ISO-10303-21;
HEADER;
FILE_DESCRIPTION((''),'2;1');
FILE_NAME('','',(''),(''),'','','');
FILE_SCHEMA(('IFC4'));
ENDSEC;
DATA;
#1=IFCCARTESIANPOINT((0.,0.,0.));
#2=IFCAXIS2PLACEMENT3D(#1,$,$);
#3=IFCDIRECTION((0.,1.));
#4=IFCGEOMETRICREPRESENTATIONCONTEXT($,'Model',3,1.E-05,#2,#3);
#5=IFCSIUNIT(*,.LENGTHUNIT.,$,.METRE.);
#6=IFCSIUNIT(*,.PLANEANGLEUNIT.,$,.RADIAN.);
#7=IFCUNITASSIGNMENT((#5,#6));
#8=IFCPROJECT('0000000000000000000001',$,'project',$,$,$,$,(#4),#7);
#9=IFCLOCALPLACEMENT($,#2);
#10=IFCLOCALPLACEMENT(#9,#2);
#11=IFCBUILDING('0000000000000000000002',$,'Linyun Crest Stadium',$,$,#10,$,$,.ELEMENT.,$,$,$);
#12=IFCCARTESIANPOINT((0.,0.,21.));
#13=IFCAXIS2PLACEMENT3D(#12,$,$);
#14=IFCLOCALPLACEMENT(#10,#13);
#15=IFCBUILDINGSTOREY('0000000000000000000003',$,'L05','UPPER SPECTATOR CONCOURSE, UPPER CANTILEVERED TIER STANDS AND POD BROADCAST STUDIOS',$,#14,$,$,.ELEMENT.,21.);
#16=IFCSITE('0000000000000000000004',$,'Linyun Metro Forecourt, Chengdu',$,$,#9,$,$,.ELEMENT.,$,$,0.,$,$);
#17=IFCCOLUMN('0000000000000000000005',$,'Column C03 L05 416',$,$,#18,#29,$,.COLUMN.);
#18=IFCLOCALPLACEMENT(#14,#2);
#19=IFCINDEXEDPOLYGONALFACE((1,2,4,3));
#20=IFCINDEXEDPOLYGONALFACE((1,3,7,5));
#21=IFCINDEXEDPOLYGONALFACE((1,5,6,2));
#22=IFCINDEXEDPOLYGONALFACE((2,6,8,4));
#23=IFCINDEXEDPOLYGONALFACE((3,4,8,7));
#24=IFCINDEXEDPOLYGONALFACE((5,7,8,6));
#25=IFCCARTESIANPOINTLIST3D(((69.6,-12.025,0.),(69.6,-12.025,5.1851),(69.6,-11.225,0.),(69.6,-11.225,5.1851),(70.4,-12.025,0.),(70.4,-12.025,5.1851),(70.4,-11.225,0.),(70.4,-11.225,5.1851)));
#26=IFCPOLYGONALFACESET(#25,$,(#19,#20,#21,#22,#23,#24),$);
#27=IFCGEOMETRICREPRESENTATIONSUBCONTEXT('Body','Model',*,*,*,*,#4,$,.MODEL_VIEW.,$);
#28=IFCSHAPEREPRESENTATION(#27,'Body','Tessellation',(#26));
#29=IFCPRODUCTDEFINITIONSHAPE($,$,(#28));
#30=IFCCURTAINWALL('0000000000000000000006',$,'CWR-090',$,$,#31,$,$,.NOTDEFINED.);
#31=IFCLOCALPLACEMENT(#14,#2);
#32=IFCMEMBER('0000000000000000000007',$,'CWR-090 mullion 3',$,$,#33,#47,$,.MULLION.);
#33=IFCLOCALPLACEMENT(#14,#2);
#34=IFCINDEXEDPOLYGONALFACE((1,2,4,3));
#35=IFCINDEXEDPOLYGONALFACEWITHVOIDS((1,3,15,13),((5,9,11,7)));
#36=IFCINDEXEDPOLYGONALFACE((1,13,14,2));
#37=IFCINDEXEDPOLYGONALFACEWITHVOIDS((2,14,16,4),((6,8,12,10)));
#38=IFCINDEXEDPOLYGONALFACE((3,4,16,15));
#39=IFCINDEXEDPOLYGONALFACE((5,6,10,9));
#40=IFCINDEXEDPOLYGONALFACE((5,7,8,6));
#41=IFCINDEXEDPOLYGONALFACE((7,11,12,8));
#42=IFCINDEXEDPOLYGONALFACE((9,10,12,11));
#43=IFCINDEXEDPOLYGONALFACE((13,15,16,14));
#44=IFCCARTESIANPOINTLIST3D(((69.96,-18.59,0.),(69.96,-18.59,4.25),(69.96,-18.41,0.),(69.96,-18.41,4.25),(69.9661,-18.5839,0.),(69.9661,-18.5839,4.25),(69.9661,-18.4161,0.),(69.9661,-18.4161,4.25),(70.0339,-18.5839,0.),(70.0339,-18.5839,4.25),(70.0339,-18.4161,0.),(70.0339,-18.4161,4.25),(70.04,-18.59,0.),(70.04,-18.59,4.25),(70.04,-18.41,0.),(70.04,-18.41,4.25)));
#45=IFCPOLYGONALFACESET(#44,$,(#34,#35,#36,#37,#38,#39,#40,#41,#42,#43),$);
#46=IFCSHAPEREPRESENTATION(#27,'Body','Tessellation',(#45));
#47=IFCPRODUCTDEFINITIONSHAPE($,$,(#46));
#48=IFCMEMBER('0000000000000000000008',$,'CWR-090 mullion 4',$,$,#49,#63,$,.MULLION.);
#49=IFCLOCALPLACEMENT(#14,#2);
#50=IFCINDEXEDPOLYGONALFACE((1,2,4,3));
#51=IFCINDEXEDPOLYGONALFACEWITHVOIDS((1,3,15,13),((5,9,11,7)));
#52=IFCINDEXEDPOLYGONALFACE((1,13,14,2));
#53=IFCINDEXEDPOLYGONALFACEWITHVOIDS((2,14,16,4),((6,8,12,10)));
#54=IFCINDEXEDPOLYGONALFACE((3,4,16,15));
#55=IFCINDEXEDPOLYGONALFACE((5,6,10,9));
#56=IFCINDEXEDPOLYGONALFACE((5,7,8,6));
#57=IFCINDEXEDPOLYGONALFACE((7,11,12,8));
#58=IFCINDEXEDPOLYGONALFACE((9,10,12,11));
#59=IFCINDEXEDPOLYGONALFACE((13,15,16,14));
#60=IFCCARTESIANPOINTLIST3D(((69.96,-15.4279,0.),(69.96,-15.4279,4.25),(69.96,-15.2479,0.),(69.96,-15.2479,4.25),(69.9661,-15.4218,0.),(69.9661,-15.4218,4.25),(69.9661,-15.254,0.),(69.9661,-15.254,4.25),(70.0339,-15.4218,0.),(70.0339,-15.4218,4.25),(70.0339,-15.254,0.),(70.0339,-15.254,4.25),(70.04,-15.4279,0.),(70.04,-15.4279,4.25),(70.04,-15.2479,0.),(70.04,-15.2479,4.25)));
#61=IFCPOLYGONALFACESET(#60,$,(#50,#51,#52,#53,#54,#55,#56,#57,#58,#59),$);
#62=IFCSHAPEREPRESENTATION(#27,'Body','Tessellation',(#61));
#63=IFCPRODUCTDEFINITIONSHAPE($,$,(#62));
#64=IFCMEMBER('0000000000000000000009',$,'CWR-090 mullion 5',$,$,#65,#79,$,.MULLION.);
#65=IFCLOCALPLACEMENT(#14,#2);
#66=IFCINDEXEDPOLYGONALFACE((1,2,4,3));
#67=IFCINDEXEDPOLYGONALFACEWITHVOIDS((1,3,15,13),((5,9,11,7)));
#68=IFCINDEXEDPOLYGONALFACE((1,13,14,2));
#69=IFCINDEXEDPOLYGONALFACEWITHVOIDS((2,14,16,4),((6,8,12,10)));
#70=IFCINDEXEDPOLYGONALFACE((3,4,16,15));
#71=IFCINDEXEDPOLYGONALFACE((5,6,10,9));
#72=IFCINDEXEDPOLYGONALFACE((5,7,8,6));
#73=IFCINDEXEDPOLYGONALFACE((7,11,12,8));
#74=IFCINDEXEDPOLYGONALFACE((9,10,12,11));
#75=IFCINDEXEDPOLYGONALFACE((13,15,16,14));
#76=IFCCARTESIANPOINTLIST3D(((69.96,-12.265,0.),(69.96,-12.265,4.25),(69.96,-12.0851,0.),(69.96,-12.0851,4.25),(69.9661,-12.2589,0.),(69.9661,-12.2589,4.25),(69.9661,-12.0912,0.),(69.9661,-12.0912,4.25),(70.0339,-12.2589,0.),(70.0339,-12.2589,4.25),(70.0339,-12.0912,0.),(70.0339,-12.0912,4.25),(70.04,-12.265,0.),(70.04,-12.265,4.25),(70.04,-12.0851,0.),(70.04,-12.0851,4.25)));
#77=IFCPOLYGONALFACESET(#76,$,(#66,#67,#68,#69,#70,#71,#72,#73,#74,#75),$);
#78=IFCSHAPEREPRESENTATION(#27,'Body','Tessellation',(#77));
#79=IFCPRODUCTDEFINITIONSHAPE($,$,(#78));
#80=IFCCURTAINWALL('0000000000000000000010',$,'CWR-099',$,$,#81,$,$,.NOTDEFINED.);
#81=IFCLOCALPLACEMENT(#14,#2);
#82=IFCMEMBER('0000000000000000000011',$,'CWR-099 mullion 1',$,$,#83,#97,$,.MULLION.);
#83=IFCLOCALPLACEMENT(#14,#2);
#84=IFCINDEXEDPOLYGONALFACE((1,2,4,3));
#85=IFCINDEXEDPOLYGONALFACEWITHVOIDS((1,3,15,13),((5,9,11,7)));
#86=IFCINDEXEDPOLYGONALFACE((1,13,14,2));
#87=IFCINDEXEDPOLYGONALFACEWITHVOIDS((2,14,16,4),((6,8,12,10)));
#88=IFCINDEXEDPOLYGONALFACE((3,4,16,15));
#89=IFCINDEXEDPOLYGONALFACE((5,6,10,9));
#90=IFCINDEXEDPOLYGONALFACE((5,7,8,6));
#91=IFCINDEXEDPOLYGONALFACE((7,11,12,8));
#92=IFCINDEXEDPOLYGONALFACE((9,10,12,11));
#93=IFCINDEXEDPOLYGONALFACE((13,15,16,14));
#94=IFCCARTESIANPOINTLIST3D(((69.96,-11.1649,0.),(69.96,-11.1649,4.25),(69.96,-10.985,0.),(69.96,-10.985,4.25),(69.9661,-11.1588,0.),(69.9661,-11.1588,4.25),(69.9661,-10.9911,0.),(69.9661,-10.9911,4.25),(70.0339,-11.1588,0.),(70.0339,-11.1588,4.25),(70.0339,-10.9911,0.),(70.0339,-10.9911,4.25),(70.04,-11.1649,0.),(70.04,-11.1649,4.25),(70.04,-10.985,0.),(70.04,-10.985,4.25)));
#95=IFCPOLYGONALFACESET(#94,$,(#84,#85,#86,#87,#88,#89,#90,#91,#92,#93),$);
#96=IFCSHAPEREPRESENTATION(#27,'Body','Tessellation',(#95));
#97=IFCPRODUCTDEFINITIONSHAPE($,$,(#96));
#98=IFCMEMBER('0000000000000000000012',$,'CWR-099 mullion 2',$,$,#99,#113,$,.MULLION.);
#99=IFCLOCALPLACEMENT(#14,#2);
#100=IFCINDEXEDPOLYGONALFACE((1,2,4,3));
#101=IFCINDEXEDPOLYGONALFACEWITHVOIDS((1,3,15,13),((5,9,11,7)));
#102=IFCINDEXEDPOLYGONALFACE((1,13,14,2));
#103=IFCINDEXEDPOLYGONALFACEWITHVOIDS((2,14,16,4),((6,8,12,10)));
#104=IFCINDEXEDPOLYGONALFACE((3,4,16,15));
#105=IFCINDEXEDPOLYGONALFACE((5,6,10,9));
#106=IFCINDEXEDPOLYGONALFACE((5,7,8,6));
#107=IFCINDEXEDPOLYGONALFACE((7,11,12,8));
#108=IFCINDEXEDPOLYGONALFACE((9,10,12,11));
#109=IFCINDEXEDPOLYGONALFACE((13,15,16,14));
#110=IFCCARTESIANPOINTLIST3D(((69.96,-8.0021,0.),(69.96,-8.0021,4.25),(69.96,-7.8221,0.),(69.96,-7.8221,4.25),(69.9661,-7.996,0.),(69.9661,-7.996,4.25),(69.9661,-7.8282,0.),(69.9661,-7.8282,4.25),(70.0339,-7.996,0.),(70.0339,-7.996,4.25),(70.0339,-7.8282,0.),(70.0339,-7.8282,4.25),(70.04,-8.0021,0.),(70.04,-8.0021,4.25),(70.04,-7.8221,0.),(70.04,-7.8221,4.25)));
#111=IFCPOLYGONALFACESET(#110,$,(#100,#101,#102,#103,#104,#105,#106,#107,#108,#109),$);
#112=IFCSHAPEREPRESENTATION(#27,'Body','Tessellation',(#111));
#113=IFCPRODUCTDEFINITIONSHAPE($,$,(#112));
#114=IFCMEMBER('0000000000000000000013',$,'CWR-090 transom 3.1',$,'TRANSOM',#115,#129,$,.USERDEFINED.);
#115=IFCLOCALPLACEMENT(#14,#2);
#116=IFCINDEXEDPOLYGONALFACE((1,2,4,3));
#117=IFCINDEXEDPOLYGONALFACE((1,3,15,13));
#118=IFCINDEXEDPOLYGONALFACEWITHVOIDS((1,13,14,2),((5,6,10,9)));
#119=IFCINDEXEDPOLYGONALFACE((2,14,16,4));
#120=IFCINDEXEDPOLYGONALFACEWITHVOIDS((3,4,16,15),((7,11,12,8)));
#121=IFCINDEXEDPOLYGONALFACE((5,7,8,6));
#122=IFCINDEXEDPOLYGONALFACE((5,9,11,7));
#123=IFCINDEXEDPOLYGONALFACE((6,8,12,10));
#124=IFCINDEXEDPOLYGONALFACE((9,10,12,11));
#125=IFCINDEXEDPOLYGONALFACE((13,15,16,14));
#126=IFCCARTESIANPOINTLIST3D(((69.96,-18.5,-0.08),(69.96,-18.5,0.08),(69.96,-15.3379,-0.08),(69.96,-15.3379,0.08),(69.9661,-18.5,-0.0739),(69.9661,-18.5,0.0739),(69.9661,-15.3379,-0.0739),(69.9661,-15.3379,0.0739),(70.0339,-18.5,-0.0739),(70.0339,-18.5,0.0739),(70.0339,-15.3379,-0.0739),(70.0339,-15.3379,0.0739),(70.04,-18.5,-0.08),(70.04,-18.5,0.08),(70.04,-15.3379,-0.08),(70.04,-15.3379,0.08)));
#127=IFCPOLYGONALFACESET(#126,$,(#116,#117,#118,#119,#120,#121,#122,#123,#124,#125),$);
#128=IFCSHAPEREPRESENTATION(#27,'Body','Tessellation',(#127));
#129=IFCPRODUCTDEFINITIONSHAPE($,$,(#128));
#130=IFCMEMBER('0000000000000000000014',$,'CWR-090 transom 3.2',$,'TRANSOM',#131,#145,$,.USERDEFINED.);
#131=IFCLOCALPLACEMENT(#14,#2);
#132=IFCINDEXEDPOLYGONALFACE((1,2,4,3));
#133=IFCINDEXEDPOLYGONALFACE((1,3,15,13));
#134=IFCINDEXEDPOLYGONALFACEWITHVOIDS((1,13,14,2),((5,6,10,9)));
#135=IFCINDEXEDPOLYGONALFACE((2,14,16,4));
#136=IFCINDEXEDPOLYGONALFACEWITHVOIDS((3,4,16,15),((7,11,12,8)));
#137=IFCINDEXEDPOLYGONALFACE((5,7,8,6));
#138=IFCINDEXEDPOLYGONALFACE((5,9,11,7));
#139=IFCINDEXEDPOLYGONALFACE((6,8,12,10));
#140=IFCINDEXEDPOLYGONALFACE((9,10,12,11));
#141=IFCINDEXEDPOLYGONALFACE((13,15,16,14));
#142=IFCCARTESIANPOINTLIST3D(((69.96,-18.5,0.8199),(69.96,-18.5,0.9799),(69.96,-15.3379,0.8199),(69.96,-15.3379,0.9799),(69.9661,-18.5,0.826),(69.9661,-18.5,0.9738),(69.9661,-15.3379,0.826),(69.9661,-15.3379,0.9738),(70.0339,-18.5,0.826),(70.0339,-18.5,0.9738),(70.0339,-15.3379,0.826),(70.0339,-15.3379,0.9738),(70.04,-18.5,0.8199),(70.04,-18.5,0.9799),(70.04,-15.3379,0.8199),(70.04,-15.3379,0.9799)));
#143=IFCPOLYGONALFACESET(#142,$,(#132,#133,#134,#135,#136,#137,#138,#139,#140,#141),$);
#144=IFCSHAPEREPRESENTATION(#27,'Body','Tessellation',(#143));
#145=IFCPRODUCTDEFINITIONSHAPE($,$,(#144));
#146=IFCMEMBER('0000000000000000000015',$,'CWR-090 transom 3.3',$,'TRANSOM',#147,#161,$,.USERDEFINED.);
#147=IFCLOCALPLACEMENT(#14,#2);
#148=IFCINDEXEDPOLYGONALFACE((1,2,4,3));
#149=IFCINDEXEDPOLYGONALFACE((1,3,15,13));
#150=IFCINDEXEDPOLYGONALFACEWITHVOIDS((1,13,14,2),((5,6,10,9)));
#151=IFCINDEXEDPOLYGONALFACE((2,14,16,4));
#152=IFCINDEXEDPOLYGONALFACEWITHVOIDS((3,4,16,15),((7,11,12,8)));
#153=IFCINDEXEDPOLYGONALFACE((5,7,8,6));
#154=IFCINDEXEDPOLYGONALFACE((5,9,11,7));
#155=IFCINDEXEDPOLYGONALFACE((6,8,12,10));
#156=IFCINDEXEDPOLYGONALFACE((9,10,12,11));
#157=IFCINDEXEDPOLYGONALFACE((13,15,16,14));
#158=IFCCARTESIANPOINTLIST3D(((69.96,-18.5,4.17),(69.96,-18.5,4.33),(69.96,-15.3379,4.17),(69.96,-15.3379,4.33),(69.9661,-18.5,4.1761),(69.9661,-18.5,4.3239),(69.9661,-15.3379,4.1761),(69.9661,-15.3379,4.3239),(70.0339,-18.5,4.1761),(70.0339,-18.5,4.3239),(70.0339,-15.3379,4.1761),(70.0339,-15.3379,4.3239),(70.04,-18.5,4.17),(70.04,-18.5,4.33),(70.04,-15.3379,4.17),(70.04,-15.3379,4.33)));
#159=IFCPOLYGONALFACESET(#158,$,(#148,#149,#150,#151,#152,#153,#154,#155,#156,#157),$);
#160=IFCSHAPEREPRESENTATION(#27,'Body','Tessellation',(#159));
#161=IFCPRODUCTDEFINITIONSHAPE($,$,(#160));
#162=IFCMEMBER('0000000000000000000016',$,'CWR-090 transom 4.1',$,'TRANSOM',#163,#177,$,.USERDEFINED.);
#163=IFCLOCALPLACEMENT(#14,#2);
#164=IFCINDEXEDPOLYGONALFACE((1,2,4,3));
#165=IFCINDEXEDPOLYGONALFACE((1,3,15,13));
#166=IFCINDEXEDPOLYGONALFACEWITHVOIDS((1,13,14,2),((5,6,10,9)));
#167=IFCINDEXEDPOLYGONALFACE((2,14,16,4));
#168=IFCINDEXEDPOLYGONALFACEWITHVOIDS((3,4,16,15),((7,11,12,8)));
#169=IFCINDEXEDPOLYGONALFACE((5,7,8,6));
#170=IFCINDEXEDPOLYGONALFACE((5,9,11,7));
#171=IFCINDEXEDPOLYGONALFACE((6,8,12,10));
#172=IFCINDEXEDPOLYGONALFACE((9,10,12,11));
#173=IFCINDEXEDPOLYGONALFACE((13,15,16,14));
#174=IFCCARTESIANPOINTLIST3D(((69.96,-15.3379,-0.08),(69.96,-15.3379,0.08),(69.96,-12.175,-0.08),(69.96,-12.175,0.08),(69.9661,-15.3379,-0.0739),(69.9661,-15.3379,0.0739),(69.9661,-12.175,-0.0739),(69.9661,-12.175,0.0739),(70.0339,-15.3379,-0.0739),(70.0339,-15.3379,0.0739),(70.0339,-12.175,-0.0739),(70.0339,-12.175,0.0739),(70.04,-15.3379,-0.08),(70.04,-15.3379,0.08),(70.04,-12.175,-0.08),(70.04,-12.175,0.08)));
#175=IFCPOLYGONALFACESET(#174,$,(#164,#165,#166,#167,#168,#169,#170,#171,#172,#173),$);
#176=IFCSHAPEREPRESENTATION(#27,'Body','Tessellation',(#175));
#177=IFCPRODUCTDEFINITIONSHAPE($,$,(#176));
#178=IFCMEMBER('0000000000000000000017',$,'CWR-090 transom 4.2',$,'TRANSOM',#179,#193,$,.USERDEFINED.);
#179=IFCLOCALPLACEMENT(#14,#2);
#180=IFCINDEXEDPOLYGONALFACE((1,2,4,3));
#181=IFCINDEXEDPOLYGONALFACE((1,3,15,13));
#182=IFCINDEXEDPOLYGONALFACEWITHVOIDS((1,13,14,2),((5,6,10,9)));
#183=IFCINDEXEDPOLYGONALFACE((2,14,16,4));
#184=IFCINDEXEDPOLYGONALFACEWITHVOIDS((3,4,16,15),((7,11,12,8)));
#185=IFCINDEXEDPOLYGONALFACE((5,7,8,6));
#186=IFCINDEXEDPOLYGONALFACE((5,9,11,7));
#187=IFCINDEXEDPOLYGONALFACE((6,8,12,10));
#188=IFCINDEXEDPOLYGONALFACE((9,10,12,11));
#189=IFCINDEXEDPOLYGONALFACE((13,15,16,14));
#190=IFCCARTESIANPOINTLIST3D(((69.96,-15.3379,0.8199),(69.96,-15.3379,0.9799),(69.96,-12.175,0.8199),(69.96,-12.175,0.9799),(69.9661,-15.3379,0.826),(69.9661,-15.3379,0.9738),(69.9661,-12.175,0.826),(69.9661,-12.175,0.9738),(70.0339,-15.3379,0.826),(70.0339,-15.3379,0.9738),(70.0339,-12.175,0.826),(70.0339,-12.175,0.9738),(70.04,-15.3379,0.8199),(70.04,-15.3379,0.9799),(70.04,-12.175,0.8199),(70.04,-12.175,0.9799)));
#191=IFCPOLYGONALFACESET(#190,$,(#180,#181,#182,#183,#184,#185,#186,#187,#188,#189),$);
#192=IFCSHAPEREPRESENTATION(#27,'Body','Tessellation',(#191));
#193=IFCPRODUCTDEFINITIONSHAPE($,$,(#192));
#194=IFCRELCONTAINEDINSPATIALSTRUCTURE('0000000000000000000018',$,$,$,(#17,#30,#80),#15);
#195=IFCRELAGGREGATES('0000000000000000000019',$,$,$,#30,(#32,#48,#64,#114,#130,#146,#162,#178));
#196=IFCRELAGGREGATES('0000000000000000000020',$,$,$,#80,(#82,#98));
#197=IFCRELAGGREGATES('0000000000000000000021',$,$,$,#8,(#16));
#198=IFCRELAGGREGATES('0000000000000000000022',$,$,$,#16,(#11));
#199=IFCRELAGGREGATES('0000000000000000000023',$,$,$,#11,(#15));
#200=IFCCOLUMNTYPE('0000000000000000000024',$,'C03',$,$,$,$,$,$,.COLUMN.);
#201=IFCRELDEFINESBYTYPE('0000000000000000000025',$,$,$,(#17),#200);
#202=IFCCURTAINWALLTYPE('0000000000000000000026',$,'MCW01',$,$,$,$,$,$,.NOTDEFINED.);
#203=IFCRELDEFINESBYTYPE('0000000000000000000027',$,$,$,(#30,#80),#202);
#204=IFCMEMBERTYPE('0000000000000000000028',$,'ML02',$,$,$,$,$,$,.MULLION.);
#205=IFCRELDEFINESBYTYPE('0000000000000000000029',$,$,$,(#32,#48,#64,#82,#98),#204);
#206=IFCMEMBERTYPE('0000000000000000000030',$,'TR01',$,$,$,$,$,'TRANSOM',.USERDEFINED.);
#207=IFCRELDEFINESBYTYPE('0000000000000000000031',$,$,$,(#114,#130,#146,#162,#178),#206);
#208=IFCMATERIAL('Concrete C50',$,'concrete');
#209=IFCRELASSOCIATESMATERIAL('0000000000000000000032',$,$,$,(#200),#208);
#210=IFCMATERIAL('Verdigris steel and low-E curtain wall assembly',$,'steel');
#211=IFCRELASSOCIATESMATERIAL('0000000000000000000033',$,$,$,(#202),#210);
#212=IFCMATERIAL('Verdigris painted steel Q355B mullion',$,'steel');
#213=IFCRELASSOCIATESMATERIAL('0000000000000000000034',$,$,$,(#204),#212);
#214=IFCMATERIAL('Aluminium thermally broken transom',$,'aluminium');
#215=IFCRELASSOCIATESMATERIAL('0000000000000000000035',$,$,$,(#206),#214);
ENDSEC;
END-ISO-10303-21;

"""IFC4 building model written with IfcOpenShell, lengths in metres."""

from ifc_helpers import new_model, si_unit, direction, frame, origin, origin_2d, place, context, subcontext, project, spatial, rectangle, hollow_rectangle, extrude, material, material_profile, profile_set, type_object, element, aggregate, save


model = new_model("IFC4")

# Units and contexts
model_context = context("Model", 3, precision=1e-05, world=origin(), true_north=direction((0.0, 1.0)))
body_context = subcontext(model_context, "Body", "Model", "MODEL_VIEW")
ifc_project = project(units=[si_unit("LENGTHUNIT", "METRE"), si_unit("PLANEANGLEUNIT", "RADIAN")], contexts=[model_context])

# Site, building, storey
site_placement = place(None, origin())
site = spatial("IfcSite", under=ifc_project, at=site_placement, Name="Linyun Metro Forecourt, Chengdu", CompositionType="ELEMENT", RefElevation=0.0)
building_placement = place(site_placement, origin())
building = spatial("IfcBuilding", under=site, at=building_placement, Name="Linyun Crest Stadium", CompositionType="ELEMENT")
storey_placement = place(building_placement, frame((0.0, 0.0, 21.0)))
storey = spatial("IfcBuildingStorey", under=building, at=storey_placement, Name="L05", Description="UPPER SPECTATOR CONCOURSE, UPPER CANTILEVERED TIER STANDS AND POD BROADCAST STUDIOS", CompositionType="ELEMENT", Elevation=21.0)

# Column
ifc_material_1 = material(Name="Concrete C50", Category="concrete")
ifc_material_profile_1 = material_profile(ifc_material_1, rectangle(XDim=0.8, YDim=0.8, at=origin_2d()), Name="RC 800x800")
ifc_profile_set_1 = profile_set([ifc_material_profile_1], Name="Concrete C50")
column_type = type_object("IfcColumnType", Name="C03", PredefinedType="COLUMN", material=ifc_profile_set_1)
column_placement = place(storey_placement, frame((70.0, -11.625, 0.0), z_axis=(0.0, 0.0, 1.0), x_axis=(1.0, 0.0, 0.0)))
element("IfcColumn", 1, at=column_placement, inside=storey, type_object=column_type, Name="Column C03 L05 416", PredefinedType="COLUMN", context=body_context, shape_type="SweptSolid", body=[
    extrude(rectangle(XDim=0.8, YDim=0.8, at=origin_2d()), origin(), (0.0, 0.0, 1.0), 5.1851),
])

# Curtain walls, members
ifc_material_2 = material(Name="Verdigris steel and low-E curtain wall assembly", Category="steel")
curtain_wall_type = type_object("IfcCurtainWallType", Name="MCW01", PredefinedType="NOTDEFINED", material=ifc_material_2)
curtain_wall_1_placement = place(storey_placement, origin())
curtain_wall_1 = element("IfcCurtainWall", 2, at=curtain_wall_1_placement, inside=storey, type_object=curtain_wall_type, Name="CWR-090", PredefinedType="NOTDEFINED")
ifc_material_3 = material(Name="Verdigris painted steel Q355B mullion", Category="steel")
ifc_material_profile_2 = material_profile(ifc_material_3, hollow_rectangle(XDim=0.0801, YDim=0.1799, WallThickness=0.0061, at=origin_2d()), Name="RHS 180x80x6")
ifc_profile_set_2 = profile_set([ifc_material_profile_2], Name="Verdigris painted steel Q355B mullion")
member_type_1 = type_object("IfcMemberType", Name="ML02", PredefinedType="MULLION", material=ifc_profile_set_2)
member_1_placement = place(storey_placement, frame((70.0, -18.5, 0.0), z_axis=(0.0, 0.0, 1.0), x_axis=(-1.0, 0.0, 0.0)))
member_1 = element("IfcMember", 3, at=member_1_placement, type_object=member_type_1, Name="CWR-090 mullion 3", PredefinedType="MULLION", context=body_context, shape_type="SweptSolid", body=[
    extrude(hollow_rectangle(XDim=0.0801, YDim=0.1799, WallThickness=0.0061, at=origin_2d()), origin(), (0.0, 0.0, 1.0), 4.25),
])
member_2_placement = place(storey_placement, frame((70.0, -15.3379, 0.0), z_axis=(0.0, 0.0, 1.0), x_axis=(-1.0, 0.0, 0.0)))
member_2 = element("IfcMember", 4, at=member_2_placement, type_object=member_type_1, Name="CWR-090 mullion 4", PredefinedType="MULLION", context=body_context, shape_type="SweptSolid", body=[
    extrude(hollow_rectangle(XDim=0.0801, YDim=0.1799, WallThickness=0.0061, at=origin_2d()), origin(), (0.0, 0.0, 1.0), 4.25),
])
member_3_placement = place(storey_placement, frame((70.0, -12.175, 0.0), z_axis=(0.0, 0.0, 1.0), x_axis=(-1.0, 0.0, 0.0)))
member_3 = element("IfcMember", 5, at=member_3_placement, type_object=member_type_1, Name="CWR-090 mullion 5", PredefinedType="MULLION", context=body_context, shape_type="SweptSolid", body=[
    extrude(hollow_rectangle(XDim=0.0801, YDim=0.1799, WallThickness=0.0061, at=origin_2d()), origin(), (0.0, 0.0, 1.0), 4.25),
])
curtain_wall_2_placement = place(storey_placement, origin())
curtain_wall_2 = element("IfcCurtainWall", 6, at=curtain_wall_2_placement, inside=storey, type_object=curtain_wall_type, Name="CWR-099", PredefinedType="NOTDEFINED")
member_4_placement = place(storey_placement, frame((70.0, -11.075, 0.0), z_axis=(0.0, 0.0, 1.0), x_axis=(-1.0, 0.0, 0.0)))
member_4 = element("IfcMember", 7, at=member_4_placement, type_object=member_type_1, Name="CWR-099 mullion 1", PredefinedType="MULLION", context=body_context, shape_type="SweptSolid", body=[
    extrude(hollow_rectangle(XDim=0.0801, YDim=0.1799, WallThickness=0.0061, at=origin_2d()), origin(), (0.0, 0.0, 1.0), 4.25),
])
member_5_placement = place(storey_placement, frame((70.0, -7.9121, 0.0), z_axis=(0.0, 0.0, 1.0), x_axis=(-1.0, 0.0, 0.0)))
member_5 = element("IfcMember", 8, at=member_5_placement, type_object=member_type_1, Name="CWR-099 mullion 2", PredefinedType="MULLION", context=body_context, shape_type="SweptSolid", body=[
    extrude(hollow_rectangle(XDim=0.0801, YDim=0.1799, WallThickness=0.0061, at=origin_2d()), origin(), (0.0, 0.0, 1.0), 4.25),
])

# Members
ifc_material_4 = material(Name="Aluminium thermally broken transom", Category="aluminium")
ifc_material_profile_3 = material_profile(ifc_material_4, hollow_rectangle(XDim=0.0801, YDim=0.1599, WallThickness=0.0061, at=origin_2d()), Name="RHS 160x80x6")
ifc_profile_set_3 = profile_set([ifc_material_profile_3], Name="Aluminium thermally broken transom")
member_type_2 = type_object("IfcMemberType", Name="TR01", ElementType="TRANSOM", PredefinedType="USERDEFINED", material=ifc_profile_set_3)
member_6_placement = place(storey_placement, frame((70.0, -18.5, 0.0), z_axis=(0.0, 1.0, 0.0), x_axis=(-1.0, 0.0, 0.0)))
member_6 = element("IfcMember", 9, at=member_6_placement, type_object=member_type_2, Name="CWR-090 transom 3.1", ObjectType="TRANSOM", PredefinedType="USERDEFINED", context=body_context, shape_type="SweptSolid", body=[
    extrude(hollow_rectangle(XDim=0.0801, YDim=0.1599, WallThickness=0.0061, at=origin_2d()), origin(), (0.0, 0.0, 1.0), 3.1621),
])
member_7_placement = place(storey_placement, frame((70.0, -18.5, 0.8999), z_axis=(0.0, 1.0, 0.0), x_axis=(-1.0, 0.0, 0.0)))
member_7 = element("IfcMember", 10, at=member_7_placement, type_object=member_type_2, Name="CWR-090 transom 3.2", ObjectType="TRANSOM", PredefinedType="USERDEFINED", context=body_context, shape_type="SweptSolid", body=[
    extrude(hollow_rectangle(XDim=0.0801, YDim=0.1599, WallThickness=0.0061, at=origin_2d()), origin(), (0.0, 0.0, 1.0), 3.1621),
])
member_8_placement = place(storey_placement, frame((70.0, -18.5, 4.25), z_axis=(0.0, 1.0, 0.0), x_axis=(-1.0, 0.0, 0.0)))
member_8 = element("IfcMember", 11, at=member_8_placement, type_object=member_type_2, Name="CWR-090 transom 3.3", ObjectType="TRANSOM", PredefinedType="USERDEFINED", context=body_context, shape_type="SweptSolid", body=[
    extrude(hollow_rectangle(XDim=0.0801, YDim=0.1599, WallThickness=0.0061, at=origin_2d()), origin(), (0.0, 0.0, 1.0), 3.1621),
])
member_9_placement = place(storey_placement, frame((70.0, -15.3379, 0.0), z_axis=(0.0, 1.0, 0.0), x_axis=(-1.0, 0.0, 0.0)))
member_9 = element("IfcMember", 12, at=member_9_placement, type_object=member_type_2, Name="CWR-090 transom 4.1", ObjectType="TRANSOM", PredefinedType="USERDEFINED", context=body_context, shape_type="SweptSolid", body=[
    extrude(hollow_rectangle(XDim=0.0801, YDim=0.1599, WallThickness=0.0061, at=origin_2d()), origin(), (0.0, 0.0, 1.0), 3.1628),
])
member_10_placement = place(storey_placement, frame((70.0, -15.3379, 0.8999), z_axis=(0.0, 1.0, 0.0), x_axis=(-1.0, 0.0, 0.0)))
member_10 = element("IfcMember", 13, at=member_10_placement, type_object=member_type_2, Name="CWR-090 transom 4.2", ObjectType="TRANSOM", PredefinedType="USERDEFINED", context=body_context, shape_type="SweptSolid", body=[
    extrude(hollow_rectangle(XDim=0.0801, YDim=0.1599, WallThickness=0.0061, at=origin_2d()), origin(), (0.0, 0.0, 1.0), 3.1628),
])

aggregate(curtain_wall_1, [member_1, member_2, member_3, member_6, member_7, member_8, member_9, member_10])
aggregate(curtain_wall_2, [member_4, member_5])

save(model, "model.ifc")
